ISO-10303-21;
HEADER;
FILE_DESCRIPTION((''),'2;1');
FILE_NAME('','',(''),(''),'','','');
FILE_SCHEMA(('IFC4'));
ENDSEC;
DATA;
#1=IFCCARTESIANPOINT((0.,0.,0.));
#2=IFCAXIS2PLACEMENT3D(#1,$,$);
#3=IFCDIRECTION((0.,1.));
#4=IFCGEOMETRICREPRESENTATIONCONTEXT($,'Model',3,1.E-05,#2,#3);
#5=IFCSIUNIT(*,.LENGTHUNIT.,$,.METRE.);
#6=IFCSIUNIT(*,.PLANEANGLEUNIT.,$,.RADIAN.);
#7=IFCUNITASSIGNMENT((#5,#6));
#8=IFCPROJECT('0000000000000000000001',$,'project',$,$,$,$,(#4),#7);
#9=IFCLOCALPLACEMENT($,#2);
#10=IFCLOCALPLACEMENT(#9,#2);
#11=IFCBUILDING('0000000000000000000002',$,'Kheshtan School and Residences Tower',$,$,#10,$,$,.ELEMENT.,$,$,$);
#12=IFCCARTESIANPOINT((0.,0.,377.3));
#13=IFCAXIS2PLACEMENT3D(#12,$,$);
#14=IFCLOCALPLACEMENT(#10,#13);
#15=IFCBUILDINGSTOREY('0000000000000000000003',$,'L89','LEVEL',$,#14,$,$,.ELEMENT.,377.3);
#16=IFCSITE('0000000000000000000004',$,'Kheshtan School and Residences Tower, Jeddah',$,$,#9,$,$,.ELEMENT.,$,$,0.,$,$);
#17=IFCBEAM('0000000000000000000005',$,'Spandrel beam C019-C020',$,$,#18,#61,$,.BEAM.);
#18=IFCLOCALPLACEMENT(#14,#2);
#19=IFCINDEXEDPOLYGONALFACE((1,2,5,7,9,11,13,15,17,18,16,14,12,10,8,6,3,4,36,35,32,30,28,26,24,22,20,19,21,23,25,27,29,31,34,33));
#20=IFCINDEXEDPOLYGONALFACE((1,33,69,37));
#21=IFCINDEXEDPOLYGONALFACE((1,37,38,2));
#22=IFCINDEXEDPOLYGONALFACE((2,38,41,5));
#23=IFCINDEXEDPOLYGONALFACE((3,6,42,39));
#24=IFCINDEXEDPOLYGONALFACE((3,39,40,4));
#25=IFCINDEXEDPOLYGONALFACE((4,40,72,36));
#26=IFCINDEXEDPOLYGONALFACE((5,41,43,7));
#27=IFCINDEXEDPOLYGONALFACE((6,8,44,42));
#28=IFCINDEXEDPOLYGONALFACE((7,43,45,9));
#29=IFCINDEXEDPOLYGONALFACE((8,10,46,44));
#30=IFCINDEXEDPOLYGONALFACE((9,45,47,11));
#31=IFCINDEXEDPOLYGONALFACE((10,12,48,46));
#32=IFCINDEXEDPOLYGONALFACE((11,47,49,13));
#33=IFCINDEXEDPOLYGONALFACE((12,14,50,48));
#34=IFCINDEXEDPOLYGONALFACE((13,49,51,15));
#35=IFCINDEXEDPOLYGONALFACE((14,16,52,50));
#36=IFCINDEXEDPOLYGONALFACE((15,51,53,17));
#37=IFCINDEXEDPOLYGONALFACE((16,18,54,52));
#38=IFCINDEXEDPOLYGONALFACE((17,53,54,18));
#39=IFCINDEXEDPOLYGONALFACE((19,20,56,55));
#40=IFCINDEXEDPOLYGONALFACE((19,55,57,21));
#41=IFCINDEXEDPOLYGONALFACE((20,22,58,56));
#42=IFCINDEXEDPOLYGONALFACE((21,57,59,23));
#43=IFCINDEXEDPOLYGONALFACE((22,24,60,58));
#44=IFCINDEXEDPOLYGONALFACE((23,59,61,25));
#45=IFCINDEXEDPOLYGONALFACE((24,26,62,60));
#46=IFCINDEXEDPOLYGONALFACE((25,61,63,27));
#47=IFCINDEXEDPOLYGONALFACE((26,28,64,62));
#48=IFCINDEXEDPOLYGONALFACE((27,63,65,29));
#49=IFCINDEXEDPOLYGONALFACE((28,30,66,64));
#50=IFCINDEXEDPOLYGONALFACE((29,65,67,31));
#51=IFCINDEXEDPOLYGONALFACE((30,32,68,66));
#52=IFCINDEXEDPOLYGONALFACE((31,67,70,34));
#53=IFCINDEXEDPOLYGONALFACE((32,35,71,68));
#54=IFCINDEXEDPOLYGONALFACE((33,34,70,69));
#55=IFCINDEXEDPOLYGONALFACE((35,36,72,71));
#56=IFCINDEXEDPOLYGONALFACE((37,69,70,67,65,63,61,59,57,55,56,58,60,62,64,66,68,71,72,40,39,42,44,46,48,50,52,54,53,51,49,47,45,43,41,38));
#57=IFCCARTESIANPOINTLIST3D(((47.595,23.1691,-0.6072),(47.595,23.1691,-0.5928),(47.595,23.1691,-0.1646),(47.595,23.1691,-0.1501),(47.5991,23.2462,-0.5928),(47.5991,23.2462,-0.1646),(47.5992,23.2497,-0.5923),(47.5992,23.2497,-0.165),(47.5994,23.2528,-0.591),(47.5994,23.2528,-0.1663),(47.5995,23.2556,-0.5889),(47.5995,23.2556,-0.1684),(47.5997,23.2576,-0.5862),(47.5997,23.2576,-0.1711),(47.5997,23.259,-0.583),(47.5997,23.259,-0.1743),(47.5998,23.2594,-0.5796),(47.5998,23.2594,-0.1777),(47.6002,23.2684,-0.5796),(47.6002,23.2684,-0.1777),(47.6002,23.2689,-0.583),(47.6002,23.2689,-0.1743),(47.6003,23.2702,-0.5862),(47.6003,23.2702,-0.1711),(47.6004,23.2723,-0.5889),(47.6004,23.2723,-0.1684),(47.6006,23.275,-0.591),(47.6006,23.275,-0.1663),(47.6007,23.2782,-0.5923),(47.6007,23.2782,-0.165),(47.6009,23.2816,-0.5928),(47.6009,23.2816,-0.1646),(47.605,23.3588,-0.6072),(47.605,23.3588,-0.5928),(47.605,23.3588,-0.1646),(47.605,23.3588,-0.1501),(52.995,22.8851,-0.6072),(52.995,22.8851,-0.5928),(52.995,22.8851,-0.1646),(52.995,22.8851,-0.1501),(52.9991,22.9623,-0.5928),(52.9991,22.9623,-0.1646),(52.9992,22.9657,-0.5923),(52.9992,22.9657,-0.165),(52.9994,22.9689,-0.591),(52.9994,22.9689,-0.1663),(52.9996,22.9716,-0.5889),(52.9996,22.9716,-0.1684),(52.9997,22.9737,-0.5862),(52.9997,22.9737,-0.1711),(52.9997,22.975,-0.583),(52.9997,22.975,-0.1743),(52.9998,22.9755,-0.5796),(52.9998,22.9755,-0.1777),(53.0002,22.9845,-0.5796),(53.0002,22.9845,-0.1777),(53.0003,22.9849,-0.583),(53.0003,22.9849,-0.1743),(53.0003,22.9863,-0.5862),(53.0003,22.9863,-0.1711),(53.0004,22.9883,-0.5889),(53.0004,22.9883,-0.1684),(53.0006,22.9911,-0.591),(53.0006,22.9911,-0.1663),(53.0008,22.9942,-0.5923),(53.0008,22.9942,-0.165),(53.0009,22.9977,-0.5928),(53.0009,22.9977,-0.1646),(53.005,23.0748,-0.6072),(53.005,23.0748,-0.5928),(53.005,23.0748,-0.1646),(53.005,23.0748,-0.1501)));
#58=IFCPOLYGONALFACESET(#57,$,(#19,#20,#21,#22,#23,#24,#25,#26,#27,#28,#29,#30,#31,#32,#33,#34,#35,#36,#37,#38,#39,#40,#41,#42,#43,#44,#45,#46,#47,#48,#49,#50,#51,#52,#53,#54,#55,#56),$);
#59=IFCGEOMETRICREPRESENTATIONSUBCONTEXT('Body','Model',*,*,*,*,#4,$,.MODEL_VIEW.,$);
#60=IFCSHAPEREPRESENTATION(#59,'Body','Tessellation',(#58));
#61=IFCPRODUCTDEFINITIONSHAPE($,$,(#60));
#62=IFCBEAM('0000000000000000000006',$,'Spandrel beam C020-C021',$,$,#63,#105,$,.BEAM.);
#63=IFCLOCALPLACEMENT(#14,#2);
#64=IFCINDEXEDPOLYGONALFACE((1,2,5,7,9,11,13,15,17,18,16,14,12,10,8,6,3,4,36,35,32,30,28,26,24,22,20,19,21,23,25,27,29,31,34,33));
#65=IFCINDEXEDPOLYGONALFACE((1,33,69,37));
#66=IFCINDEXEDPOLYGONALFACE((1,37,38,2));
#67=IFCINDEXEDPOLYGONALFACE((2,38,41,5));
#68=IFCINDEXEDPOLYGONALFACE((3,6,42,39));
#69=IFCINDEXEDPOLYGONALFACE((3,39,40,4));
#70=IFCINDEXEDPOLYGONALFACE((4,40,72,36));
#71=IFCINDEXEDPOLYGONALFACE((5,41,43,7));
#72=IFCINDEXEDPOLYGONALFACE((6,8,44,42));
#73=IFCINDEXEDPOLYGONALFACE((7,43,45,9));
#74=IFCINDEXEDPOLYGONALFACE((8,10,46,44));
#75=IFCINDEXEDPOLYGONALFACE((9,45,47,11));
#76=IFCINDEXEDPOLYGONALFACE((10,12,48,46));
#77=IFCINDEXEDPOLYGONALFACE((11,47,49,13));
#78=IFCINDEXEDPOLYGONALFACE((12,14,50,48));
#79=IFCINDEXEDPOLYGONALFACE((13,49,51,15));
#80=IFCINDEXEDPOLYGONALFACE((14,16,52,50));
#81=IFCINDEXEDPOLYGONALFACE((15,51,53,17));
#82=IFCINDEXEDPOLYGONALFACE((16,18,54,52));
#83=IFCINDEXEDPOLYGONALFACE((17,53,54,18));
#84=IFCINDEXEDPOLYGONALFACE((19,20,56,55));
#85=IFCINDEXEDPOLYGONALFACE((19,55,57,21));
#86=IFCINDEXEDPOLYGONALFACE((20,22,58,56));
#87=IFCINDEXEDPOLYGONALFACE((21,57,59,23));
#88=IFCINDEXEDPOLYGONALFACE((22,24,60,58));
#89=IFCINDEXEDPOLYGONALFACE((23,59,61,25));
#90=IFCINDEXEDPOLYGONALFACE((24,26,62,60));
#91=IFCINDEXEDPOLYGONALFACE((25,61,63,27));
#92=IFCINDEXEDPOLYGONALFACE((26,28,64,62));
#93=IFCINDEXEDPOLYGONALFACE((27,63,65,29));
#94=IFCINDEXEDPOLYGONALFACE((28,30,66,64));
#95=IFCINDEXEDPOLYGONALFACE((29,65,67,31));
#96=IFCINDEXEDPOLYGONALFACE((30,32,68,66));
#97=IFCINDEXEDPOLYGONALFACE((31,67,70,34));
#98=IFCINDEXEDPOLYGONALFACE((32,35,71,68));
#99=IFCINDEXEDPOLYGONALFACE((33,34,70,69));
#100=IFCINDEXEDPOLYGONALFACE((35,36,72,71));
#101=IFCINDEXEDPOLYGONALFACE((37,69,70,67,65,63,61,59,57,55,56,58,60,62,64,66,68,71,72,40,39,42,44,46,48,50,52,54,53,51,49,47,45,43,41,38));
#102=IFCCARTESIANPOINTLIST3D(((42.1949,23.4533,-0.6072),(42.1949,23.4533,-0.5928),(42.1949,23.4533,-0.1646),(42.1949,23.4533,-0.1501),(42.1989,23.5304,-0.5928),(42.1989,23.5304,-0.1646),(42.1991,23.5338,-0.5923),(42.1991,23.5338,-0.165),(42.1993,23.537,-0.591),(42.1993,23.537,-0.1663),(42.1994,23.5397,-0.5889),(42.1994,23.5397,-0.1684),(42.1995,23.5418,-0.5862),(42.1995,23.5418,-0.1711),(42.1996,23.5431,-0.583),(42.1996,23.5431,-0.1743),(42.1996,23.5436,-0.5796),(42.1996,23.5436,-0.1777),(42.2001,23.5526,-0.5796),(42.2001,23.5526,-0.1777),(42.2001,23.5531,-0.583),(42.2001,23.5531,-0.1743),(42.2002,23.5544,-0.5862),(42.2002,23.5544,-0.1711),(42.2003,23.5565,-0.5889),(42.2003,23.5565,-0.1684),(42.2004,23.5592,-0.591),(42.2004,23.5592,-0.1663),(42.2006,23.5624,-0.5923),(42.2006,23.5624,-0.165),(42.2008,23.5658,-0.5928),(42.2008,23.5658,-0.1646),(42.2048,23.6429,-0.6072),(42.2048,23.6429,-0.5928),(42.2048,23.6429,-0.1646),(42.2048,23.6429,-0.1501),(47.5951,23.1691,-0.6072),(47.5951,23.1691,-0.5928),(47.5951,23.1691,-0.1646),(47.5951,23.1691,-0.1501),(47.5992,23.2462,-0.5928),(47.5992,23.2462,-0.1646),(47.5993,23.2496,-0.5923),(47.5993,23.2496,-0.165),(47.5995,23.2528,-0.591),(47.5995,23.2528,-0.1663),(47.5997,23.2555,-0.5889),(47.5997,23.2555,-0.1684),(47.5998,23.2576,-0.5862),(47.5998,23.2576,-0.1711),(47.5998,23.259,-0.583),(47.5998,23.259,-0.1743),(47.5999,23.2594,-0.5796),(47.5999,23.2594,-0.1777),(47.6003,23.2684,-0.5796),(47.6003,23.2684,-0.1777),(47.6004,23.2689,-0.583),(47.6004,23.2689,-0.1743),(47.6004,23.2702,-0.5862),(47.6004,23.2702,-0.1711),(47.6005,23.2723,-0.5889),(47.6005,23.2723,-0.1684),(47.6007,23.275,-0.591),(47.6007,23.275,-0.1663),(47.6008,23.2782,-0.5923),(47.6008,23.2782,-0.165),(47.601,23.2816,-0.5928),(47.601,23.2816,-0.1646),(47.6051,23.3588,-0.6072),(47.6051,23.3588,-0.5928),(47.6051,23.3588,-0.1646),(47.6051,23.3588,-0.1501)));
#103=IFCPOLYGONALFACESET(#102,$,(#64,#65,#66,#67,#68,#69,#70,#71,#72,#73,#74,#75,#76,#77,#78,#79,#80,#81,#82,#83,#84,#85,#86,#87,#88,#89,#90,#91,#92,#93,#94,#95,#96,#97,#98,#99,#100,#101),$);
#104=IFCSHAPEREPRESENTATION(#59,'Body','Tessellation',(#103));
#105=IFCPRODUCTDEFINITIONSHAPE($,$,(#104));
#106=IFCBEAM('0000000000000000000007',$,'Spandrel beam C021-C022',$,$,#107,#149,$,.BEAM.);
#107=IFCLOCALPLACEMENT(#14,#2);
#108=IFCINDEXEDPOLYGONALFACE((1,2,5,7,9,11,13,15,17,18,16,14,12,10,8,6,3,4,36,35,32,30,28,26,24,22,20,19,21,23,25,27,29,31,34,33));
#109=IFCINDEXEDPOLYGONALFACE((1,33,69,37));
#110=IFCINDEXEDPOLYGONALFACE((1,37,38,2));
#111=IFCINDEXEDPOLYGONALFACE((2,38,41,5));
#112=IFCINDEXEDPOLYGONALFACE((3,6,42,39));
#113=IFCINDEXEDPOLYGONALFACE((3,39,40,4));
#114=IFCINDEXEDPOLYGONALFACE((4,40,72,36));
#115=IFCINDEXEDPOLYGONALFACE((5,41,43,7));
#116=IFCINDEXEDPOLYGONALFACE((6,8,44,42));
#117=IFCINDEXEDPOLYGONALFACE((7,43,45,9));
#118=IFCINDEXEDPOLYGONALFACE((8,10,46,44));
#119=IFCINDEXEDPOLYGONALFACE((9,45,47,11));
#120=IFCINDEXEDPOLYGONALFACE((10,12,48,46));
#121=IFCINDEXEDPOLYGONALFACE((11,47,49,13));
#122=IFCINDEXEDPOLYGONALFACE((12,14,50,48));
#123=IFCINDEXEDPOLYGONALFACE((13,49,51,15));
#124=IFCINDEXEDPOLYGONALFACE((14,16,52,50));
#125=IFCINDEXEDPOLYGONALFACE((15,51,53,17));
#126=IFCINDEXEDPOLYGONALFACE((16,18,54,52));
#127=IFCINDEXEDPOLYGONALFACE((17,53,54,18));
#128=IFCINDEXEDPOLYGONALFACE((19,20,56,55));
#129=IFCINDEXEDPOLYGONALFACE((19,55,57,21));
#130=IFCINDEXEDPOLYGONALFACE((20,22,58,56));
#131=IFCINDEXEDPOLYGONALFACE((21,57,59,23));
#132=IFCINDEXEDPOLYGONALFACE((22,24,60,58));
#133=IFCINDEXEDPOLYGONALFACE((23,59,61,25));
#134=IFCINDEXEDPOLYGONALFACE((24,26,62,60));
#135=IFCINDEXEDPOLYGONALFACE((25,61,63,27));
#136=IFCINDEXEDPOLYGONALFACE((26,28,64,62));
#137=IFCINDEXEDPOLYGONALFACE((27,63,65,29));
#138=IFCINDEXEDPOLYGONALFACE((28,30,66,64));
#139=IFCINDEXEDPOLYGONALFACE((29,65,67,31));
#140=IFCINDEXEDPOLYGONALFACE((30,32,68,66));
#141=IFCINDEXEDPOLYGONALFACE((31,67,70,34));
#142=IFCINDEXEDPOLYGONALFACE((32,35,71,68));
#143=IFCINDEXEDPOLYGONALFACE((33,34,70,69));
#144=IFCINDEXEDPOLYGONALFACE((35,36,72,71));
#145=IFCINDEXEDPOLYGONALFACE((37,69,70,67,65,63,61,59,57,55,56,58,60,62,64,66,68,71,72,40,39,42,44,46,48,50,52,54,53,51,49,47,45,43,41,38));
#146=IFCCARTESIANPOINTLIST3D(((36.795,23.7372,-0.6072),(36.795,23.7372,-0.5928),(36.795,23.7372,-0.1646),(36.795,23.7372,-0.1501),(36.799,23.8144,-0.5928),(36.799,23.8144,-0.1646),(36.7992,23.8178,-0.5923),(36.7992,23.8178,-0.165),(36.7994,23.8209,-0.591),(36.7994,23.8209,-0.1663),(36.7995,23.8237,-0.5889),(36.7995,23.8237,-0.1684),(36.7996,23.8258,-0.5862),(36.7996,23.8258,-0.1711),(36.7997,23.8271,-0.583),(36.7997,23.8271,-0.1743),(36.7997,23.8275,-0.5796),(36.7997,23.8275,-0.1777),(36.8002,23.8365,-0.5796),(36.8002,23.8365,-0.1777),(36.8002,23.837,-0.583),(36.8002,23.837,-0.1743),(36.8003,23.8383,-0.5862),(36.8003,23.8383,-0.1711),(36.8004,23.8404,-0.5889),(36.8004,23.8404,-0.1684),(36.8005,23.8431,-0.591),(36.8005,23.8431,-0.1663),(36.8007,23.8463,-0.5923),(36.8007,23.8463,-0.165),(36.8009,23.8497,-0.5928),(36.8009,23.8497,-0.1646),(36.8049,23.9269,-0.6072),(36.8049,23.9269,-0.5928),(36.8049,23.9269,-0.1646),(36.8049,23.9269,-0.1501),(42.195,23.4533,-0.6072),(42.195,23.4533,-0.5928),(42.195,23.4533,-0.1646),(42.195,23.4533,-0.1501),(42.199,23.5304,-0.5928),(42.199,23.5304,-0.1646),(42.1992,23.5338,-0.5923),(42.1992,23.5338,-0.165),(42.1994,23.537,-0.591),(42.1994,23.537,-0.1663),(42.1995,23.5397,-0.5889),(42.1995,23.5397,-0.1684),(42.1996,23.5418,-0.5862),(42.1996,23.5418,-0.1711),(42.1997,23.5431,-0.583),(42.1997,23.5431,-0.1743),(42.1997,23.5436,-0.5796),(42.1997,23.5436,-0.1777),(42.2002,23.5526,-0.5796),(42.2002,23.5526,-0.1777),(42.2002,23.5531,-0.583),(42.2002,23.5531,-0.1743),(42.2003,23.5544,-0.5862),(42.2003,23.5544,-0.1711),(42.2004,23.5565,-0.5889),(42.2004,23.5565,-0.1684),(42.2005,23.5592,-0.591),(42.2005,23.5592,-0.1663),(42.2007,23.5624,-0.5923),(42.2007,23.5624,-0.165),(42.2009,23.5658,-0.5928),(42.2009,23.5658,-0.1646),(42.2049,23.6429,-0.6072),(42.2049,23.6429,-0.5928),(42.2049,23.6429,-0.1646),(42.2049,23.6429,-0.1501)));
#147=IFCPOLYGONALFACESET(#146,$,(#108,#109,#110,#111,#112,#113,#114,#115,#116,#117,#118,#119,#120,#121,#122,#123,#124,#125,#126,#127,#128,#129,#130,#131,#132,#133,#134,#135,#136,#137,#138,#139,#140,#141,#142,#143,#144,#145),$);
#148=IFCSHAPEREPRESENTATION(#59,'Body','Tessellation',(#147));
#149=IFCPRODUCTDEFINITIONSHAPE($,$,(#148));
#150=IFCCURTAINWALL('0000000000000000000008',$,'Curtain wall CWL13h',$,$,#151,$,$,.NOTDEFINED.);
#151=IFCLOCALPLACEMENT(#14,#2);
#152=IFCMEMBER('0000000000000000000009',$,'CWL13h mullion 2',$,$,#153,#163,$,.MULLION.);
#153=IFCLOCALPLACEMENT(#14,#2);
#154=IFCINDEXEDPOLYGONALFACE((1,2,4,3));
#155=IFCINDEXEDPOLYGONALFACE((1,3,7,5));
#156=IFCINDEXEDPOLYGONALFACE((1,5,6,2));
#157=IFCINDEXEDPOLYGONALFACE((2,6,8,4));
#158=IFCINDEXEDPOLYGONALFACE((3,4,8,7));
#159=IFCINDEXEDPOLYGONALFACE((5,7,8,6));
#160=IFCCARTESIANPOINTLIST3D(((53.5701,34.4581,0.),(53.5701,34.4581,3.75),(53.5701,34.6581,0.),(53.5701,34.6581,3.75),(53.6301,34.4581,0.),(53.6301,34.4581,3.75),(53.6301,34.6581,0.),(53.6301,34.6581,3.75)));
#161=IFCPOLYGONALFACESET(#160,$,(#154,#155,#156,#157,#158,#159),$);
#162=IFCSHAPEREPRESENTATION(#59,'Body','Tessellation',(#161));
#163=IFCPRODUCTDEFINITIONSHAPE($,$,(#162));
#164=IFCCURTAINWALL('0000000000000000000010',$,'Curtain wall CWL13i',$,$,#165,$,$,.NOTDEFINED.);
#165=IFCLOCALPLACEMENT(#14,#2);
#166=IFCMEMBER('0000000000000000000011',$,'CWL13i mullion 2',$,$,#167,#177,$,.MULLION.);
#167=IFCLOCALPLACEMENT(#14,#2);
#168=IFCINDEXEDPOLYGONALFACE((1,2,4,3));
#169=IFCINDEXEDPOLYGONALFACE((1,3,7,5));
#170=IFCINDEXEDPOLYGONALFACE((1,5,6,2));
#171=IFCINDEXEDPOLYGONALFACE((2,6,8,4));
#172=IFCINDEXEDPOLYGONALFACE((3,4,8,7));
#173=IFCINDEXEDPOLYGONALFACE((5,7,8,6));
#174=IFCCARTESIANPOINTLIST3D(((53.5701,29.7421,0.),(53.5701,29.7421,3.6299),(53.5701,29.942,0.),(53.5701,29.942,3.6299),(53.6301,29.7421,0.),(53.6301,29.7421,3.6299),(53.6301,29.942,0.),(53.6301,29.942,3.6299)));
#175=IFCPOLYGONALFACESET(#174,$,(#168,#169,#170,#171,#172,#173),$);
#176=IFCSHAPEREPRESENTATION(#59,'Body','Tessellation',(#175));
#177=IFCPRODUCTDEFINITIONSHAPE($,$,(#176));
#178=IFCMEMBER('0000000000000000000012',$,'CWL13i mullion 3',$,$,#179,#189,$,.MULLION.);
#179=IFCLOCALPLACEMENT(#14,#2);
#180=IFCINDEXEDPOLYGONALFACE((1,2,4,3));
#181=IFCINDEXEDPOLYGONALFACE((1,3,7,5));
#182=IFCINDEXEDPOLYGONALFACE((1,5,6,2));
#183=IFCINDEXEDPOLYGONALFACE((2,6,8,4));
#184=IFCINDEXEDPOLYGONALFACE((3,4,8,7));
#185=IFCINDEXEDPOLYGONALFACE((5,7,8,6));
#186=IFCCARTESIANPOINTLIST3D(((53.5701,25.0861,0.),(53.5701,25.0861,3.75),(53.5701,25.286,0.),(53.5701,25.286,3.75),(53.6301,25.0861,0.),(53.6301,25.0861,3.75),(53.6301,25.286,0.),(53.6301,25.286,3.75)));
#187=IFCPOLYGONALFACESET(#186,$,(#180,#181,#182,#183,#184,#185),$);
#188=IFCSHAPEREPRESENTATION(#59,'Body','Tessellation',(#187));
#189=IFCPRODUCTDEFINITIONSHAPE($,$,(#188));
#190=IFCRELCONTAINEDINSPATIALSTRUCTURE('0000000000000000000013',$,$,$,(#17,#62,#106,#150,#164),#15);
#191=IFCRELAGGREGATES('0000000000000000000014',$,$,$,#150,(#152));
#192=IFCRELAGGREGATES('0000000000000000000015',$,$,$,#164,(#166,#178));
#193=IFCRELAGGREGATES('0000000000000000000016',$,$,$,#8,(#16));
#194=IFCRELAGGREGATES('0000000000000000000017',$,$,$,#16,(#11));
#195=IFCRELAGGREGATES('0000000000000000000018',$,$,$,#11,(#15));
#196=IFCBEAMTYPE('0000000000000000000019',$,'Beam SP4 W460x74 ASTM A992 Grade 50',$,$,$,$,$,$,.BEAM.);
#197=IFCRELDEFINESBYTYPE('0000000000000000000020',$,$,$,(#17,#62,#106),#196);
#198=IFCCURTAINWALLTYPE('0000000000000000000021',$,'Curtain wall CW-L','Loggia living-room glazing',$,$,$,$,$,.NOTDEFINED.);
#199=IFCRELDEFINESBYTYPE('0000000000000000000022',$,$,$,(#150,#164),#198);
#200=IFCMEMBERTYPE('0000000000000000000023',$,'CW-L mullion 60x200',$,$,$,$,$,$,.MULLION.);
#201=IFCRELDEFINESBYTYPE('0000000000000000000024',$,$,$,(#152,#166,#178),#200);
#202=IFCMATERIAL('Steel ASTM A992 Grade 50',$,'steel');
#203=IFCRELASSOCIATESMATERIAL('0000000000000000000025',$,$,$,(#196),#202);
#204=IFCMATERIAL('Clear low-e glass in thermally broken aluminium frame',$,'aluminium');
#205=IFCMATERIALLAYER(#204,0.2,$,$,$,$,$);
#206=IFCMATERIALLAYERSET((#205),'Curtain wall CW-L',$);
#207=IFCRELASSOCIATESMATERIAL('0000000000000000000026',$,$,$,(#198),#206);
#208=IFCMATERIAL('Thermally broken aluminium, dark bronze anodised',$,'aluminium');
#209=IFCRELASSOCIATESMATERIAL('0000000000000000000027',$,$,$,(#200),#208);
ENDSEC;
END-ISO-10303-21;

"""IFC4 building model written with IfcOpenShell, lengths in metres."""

from ifc_helpers import new_model, si_unit, direction, frame, origin, origin_2d, place, context, subcontext, project, spatial, rectangle, i_section, extrude, material, layer, layer_set, material_profile, profile_set, type_object, element, aggregate, save


model = new_model("IFC4")

# Units and contexts
model_context = context("Model", 3, precision=1e-05, world=origin(), true_north=direction((0.0, 1.0)))
body_context = subcontext(model_context, "Body", "Model", "MODEL_VIEW")
ifc_project = project(units=[si_unit("LENGTHUNIT", "METRE"), si_unit("PLANEANGLEUNIT", "RADIAN")], contexts=[model_context])

# Site, building, storey
site_placement = place(None, origin())
site = spatial("IfcSite", under=ifc_project, at=site_placement, Name="Kheshtan School and Residences Tower, Jeddah", CompositionType="ELEMENT", RefElevation=0.0)
building_placement = place(site_placement, origin())
building = spatial("IfcBuilding", under=site, at=building_placement, Name="Kheshtan School and Residences Tower", CompositionType="ELEMENT")
storey_placement = place(building_placement, frame((0.0, 0.0, 377.3)))
storey = spatial("IfcBuildingStorey", under=building, at=storey_placement, Name="L89", Description="LEVEL", CompositionType="ELEMENT", Elevation=377.3)

# Shared definitions
ifc_material_1 = material(Name="Steel ASTM A992 Grade 50", Category="steel")

# Beams
ifc_material_profile_1 = material_profile(ifc_material_1, i_section(OverallWidth=0.1899, OverallDepth=0.457, WebThickness=0.009, FlangeThickness=0.0144, FilletRadius=0.0132, at=origin_2d()), Name="W460x74")
ifc_profile_set_1 = profile_set([ifc_material_profile_1], Name="Steel ASTM A992 Grade 50")
beam_type_1 = type_object("IfcBeamType", Name="Beam SP4 W460x74 ASTM A992 Grade 50", PredefinedType="BEAM", material=ifc_profile_set_1)
beam_1_placement = place(storey_placement, frame((53.0, 22.98, -0.3787), z_axis=(-0.99862, 0.052509, 0.0), x_axis=(-0.052509, -0.99862, 0.0)))
element("IfcBeam", 1, at=beam_1_placement, inside=storey, type_object=beam_type_1, Name="Spandrel beam C019-C020", PredefinedType="BEAM", context=body_context, shape_type="SweptSolid", body=[
    extrude(i_section(OverallWidth=0.1899, OverallDepth=0.457, WebThickness=0.009, FlangeThickness=0.0144, FilletRadius=0.0132, at=origin_2d()), origin(), (0.0, 0.0, 1.0), 5.4075),
])
beam_2_placement = place(storey_placement, frame((47.6001, 23.2639, -0.3787), z_axis=(-0.998618, 0.052552, 0.0), x_axis=(-0.052552, -0.998618, 0.0)))
element("IfcBeam", 2, at=beam_2_placement, inside=storey, type_object=beam_type_1, Name="Spandrel beam C020-C021", PredefinedType="BEAM", context=body_context, shape_type="SweptSolid", body=[
    extrude(i_section(OverallWidth=0.1899, OverallDepth=0.457, WebThickness=0.009, FlangeThickness=0.0144, FilletRadius=0.0132, at=origin_2d()), origin(), (0.0, 0.0, 1.0), 5.4077),
])
beam_3_placement = place(storey_placement, frame((42.2, 23.5481, -0.3787), z_axis=(-0.99862, 0.052509, 0.0), x_axis=(-0.052509, -0.99862, 0.0)))
element("IfcBeam", 3, at=beam_3_placement, inside=storey, type_object=beam_type_1, Name="Spandrel beam C021-C022", PredefinedType="BEAM", context=body_context, shape_type="SweptSolid", body=[
    extrude(i_section(OverallWidth=0.1899, OverallDepth=0.457, WebThickness=0.009, FlangeThickness=0.0144, FilletRadius=0.0132, at=origin_2d()), origin(), (0.0, 0.0, 1.0), 5.4075),
])

# Curtain wall, member
ifc_material_2 = material(Name="Clear low-e glass in thermally broken aluminium frame", Category="aluminium")
ifc_layer_1 = layer(ifc_material_2, 0.2)
ifc_layer_set_1 = layer_set([ifc_layer_1], Name="Curtain wall CW-L")
curtain_wall_type = type_object("IfcCurtainWallType", Name="Curtain wall CW-L", Description="Loggia living-room glazing", PredefinedType="NOTDEFINED", material=ifc_layer_set_1)
curtain_wall_1_placement = place(storey_placement, origin())
curtain_wall_1 = element("IfcCurtainWall", 4, at=curtain_wall_1_placement, inside=storey, type_object=curtain_wall_type, Name="Curtain wall CWL13h", PredefinedType="NOTDEFINED")
ifc_material_3 = material(Name="Thermally broken aluminium, dark bronze anodised", Category="aluminium")
ifc_material_profile_2 = material_profile(ifc_material_3, rectangle(XDim=0.0601, YDim=0.2, at=origin_2d()), Name="CW-L mullion 60x200")
ifc_profile_set_2 = profile_set([ifc_material_profile_2], Name="Thermally broken aluminium, dark bronze anodised")
member_type_1 = type_object("IfcMemberType", Name="CW-L mullion 60x200", PredefinedType="MULLION", material=ifc_profile_set_2)
member_1_placement = place(storey_placement, frame((53.6001, 34.5581, 0.0), z_axis=(0.0, 0.0, 1.0), x_axis=(1.0, 0.0, 0.0)))
member_1 = element("IfcMember", 5, at=member_1_placement, type_object=member_type_1, Name="CWL13h mullion 2", PredefinedType="MULLION", context=body_context, shape_type="SweptSolid", body=[
    extrude(rectangle(XDim=0.0601, YDim=0.2, at=origin_2d()), origin(), (0.0, 0.0, 1.0), 3.75),
])

# Curtain wall, members
curtain_wall_2_placement = place(storey_placement, origin())
curtain_wall_2 = element("IfcCurtainWall", 6, at=curtain_wall_2_placement, inside=storey, type_object=curtain_wall_type, Name="Curtain wall CWL13i", PredefinedType="NOTDEFINED")
member_2_placement = place(storey_placement, frame((53.6001, 29.842, 0.0), z_axis=(0.0, 0.0, 1.0), x_axis=(1.0, 0.0, 0.0)))
member_2 = element("IfcMember", 7, at=member_2_placement, type_object=member_type_1, Name="CWL13i mullion 2", PredefinedType="MULLION", context=body_context, shape_type="SweptSolid", body=[
    extrude(rectangle(XDim=0.0601, YDim=0.2, at=origin_2d()), origin(), (0.0, 0.0, 1.0), 3.6299),
])
member_3_placement = place(storey_placement, frame((53.6001, 25.186, 0.0), z_axis=(0.0, 0.0, 1.0), x_axis=(1.0, 0.0, 0.0)))
member_3 = element("IfcMember", 8, at=member_3_placement, type_object=member_type_1, Name="CWL13i mullion 3", PredefinedType="MULLION", context=body_context, shape_type="SweptSolid", body=[
    extrude(rectangle(XDim=0.0601, YDim=0.2, at=origin_2d()), origin(), (0.0, 0.0, 1.0), 3.75),
])

aggregate(curtain_wall_1, [member_1])
aggregate(curtain_wall_2, [member_2, member_3])

save(model, "model.ifc")
